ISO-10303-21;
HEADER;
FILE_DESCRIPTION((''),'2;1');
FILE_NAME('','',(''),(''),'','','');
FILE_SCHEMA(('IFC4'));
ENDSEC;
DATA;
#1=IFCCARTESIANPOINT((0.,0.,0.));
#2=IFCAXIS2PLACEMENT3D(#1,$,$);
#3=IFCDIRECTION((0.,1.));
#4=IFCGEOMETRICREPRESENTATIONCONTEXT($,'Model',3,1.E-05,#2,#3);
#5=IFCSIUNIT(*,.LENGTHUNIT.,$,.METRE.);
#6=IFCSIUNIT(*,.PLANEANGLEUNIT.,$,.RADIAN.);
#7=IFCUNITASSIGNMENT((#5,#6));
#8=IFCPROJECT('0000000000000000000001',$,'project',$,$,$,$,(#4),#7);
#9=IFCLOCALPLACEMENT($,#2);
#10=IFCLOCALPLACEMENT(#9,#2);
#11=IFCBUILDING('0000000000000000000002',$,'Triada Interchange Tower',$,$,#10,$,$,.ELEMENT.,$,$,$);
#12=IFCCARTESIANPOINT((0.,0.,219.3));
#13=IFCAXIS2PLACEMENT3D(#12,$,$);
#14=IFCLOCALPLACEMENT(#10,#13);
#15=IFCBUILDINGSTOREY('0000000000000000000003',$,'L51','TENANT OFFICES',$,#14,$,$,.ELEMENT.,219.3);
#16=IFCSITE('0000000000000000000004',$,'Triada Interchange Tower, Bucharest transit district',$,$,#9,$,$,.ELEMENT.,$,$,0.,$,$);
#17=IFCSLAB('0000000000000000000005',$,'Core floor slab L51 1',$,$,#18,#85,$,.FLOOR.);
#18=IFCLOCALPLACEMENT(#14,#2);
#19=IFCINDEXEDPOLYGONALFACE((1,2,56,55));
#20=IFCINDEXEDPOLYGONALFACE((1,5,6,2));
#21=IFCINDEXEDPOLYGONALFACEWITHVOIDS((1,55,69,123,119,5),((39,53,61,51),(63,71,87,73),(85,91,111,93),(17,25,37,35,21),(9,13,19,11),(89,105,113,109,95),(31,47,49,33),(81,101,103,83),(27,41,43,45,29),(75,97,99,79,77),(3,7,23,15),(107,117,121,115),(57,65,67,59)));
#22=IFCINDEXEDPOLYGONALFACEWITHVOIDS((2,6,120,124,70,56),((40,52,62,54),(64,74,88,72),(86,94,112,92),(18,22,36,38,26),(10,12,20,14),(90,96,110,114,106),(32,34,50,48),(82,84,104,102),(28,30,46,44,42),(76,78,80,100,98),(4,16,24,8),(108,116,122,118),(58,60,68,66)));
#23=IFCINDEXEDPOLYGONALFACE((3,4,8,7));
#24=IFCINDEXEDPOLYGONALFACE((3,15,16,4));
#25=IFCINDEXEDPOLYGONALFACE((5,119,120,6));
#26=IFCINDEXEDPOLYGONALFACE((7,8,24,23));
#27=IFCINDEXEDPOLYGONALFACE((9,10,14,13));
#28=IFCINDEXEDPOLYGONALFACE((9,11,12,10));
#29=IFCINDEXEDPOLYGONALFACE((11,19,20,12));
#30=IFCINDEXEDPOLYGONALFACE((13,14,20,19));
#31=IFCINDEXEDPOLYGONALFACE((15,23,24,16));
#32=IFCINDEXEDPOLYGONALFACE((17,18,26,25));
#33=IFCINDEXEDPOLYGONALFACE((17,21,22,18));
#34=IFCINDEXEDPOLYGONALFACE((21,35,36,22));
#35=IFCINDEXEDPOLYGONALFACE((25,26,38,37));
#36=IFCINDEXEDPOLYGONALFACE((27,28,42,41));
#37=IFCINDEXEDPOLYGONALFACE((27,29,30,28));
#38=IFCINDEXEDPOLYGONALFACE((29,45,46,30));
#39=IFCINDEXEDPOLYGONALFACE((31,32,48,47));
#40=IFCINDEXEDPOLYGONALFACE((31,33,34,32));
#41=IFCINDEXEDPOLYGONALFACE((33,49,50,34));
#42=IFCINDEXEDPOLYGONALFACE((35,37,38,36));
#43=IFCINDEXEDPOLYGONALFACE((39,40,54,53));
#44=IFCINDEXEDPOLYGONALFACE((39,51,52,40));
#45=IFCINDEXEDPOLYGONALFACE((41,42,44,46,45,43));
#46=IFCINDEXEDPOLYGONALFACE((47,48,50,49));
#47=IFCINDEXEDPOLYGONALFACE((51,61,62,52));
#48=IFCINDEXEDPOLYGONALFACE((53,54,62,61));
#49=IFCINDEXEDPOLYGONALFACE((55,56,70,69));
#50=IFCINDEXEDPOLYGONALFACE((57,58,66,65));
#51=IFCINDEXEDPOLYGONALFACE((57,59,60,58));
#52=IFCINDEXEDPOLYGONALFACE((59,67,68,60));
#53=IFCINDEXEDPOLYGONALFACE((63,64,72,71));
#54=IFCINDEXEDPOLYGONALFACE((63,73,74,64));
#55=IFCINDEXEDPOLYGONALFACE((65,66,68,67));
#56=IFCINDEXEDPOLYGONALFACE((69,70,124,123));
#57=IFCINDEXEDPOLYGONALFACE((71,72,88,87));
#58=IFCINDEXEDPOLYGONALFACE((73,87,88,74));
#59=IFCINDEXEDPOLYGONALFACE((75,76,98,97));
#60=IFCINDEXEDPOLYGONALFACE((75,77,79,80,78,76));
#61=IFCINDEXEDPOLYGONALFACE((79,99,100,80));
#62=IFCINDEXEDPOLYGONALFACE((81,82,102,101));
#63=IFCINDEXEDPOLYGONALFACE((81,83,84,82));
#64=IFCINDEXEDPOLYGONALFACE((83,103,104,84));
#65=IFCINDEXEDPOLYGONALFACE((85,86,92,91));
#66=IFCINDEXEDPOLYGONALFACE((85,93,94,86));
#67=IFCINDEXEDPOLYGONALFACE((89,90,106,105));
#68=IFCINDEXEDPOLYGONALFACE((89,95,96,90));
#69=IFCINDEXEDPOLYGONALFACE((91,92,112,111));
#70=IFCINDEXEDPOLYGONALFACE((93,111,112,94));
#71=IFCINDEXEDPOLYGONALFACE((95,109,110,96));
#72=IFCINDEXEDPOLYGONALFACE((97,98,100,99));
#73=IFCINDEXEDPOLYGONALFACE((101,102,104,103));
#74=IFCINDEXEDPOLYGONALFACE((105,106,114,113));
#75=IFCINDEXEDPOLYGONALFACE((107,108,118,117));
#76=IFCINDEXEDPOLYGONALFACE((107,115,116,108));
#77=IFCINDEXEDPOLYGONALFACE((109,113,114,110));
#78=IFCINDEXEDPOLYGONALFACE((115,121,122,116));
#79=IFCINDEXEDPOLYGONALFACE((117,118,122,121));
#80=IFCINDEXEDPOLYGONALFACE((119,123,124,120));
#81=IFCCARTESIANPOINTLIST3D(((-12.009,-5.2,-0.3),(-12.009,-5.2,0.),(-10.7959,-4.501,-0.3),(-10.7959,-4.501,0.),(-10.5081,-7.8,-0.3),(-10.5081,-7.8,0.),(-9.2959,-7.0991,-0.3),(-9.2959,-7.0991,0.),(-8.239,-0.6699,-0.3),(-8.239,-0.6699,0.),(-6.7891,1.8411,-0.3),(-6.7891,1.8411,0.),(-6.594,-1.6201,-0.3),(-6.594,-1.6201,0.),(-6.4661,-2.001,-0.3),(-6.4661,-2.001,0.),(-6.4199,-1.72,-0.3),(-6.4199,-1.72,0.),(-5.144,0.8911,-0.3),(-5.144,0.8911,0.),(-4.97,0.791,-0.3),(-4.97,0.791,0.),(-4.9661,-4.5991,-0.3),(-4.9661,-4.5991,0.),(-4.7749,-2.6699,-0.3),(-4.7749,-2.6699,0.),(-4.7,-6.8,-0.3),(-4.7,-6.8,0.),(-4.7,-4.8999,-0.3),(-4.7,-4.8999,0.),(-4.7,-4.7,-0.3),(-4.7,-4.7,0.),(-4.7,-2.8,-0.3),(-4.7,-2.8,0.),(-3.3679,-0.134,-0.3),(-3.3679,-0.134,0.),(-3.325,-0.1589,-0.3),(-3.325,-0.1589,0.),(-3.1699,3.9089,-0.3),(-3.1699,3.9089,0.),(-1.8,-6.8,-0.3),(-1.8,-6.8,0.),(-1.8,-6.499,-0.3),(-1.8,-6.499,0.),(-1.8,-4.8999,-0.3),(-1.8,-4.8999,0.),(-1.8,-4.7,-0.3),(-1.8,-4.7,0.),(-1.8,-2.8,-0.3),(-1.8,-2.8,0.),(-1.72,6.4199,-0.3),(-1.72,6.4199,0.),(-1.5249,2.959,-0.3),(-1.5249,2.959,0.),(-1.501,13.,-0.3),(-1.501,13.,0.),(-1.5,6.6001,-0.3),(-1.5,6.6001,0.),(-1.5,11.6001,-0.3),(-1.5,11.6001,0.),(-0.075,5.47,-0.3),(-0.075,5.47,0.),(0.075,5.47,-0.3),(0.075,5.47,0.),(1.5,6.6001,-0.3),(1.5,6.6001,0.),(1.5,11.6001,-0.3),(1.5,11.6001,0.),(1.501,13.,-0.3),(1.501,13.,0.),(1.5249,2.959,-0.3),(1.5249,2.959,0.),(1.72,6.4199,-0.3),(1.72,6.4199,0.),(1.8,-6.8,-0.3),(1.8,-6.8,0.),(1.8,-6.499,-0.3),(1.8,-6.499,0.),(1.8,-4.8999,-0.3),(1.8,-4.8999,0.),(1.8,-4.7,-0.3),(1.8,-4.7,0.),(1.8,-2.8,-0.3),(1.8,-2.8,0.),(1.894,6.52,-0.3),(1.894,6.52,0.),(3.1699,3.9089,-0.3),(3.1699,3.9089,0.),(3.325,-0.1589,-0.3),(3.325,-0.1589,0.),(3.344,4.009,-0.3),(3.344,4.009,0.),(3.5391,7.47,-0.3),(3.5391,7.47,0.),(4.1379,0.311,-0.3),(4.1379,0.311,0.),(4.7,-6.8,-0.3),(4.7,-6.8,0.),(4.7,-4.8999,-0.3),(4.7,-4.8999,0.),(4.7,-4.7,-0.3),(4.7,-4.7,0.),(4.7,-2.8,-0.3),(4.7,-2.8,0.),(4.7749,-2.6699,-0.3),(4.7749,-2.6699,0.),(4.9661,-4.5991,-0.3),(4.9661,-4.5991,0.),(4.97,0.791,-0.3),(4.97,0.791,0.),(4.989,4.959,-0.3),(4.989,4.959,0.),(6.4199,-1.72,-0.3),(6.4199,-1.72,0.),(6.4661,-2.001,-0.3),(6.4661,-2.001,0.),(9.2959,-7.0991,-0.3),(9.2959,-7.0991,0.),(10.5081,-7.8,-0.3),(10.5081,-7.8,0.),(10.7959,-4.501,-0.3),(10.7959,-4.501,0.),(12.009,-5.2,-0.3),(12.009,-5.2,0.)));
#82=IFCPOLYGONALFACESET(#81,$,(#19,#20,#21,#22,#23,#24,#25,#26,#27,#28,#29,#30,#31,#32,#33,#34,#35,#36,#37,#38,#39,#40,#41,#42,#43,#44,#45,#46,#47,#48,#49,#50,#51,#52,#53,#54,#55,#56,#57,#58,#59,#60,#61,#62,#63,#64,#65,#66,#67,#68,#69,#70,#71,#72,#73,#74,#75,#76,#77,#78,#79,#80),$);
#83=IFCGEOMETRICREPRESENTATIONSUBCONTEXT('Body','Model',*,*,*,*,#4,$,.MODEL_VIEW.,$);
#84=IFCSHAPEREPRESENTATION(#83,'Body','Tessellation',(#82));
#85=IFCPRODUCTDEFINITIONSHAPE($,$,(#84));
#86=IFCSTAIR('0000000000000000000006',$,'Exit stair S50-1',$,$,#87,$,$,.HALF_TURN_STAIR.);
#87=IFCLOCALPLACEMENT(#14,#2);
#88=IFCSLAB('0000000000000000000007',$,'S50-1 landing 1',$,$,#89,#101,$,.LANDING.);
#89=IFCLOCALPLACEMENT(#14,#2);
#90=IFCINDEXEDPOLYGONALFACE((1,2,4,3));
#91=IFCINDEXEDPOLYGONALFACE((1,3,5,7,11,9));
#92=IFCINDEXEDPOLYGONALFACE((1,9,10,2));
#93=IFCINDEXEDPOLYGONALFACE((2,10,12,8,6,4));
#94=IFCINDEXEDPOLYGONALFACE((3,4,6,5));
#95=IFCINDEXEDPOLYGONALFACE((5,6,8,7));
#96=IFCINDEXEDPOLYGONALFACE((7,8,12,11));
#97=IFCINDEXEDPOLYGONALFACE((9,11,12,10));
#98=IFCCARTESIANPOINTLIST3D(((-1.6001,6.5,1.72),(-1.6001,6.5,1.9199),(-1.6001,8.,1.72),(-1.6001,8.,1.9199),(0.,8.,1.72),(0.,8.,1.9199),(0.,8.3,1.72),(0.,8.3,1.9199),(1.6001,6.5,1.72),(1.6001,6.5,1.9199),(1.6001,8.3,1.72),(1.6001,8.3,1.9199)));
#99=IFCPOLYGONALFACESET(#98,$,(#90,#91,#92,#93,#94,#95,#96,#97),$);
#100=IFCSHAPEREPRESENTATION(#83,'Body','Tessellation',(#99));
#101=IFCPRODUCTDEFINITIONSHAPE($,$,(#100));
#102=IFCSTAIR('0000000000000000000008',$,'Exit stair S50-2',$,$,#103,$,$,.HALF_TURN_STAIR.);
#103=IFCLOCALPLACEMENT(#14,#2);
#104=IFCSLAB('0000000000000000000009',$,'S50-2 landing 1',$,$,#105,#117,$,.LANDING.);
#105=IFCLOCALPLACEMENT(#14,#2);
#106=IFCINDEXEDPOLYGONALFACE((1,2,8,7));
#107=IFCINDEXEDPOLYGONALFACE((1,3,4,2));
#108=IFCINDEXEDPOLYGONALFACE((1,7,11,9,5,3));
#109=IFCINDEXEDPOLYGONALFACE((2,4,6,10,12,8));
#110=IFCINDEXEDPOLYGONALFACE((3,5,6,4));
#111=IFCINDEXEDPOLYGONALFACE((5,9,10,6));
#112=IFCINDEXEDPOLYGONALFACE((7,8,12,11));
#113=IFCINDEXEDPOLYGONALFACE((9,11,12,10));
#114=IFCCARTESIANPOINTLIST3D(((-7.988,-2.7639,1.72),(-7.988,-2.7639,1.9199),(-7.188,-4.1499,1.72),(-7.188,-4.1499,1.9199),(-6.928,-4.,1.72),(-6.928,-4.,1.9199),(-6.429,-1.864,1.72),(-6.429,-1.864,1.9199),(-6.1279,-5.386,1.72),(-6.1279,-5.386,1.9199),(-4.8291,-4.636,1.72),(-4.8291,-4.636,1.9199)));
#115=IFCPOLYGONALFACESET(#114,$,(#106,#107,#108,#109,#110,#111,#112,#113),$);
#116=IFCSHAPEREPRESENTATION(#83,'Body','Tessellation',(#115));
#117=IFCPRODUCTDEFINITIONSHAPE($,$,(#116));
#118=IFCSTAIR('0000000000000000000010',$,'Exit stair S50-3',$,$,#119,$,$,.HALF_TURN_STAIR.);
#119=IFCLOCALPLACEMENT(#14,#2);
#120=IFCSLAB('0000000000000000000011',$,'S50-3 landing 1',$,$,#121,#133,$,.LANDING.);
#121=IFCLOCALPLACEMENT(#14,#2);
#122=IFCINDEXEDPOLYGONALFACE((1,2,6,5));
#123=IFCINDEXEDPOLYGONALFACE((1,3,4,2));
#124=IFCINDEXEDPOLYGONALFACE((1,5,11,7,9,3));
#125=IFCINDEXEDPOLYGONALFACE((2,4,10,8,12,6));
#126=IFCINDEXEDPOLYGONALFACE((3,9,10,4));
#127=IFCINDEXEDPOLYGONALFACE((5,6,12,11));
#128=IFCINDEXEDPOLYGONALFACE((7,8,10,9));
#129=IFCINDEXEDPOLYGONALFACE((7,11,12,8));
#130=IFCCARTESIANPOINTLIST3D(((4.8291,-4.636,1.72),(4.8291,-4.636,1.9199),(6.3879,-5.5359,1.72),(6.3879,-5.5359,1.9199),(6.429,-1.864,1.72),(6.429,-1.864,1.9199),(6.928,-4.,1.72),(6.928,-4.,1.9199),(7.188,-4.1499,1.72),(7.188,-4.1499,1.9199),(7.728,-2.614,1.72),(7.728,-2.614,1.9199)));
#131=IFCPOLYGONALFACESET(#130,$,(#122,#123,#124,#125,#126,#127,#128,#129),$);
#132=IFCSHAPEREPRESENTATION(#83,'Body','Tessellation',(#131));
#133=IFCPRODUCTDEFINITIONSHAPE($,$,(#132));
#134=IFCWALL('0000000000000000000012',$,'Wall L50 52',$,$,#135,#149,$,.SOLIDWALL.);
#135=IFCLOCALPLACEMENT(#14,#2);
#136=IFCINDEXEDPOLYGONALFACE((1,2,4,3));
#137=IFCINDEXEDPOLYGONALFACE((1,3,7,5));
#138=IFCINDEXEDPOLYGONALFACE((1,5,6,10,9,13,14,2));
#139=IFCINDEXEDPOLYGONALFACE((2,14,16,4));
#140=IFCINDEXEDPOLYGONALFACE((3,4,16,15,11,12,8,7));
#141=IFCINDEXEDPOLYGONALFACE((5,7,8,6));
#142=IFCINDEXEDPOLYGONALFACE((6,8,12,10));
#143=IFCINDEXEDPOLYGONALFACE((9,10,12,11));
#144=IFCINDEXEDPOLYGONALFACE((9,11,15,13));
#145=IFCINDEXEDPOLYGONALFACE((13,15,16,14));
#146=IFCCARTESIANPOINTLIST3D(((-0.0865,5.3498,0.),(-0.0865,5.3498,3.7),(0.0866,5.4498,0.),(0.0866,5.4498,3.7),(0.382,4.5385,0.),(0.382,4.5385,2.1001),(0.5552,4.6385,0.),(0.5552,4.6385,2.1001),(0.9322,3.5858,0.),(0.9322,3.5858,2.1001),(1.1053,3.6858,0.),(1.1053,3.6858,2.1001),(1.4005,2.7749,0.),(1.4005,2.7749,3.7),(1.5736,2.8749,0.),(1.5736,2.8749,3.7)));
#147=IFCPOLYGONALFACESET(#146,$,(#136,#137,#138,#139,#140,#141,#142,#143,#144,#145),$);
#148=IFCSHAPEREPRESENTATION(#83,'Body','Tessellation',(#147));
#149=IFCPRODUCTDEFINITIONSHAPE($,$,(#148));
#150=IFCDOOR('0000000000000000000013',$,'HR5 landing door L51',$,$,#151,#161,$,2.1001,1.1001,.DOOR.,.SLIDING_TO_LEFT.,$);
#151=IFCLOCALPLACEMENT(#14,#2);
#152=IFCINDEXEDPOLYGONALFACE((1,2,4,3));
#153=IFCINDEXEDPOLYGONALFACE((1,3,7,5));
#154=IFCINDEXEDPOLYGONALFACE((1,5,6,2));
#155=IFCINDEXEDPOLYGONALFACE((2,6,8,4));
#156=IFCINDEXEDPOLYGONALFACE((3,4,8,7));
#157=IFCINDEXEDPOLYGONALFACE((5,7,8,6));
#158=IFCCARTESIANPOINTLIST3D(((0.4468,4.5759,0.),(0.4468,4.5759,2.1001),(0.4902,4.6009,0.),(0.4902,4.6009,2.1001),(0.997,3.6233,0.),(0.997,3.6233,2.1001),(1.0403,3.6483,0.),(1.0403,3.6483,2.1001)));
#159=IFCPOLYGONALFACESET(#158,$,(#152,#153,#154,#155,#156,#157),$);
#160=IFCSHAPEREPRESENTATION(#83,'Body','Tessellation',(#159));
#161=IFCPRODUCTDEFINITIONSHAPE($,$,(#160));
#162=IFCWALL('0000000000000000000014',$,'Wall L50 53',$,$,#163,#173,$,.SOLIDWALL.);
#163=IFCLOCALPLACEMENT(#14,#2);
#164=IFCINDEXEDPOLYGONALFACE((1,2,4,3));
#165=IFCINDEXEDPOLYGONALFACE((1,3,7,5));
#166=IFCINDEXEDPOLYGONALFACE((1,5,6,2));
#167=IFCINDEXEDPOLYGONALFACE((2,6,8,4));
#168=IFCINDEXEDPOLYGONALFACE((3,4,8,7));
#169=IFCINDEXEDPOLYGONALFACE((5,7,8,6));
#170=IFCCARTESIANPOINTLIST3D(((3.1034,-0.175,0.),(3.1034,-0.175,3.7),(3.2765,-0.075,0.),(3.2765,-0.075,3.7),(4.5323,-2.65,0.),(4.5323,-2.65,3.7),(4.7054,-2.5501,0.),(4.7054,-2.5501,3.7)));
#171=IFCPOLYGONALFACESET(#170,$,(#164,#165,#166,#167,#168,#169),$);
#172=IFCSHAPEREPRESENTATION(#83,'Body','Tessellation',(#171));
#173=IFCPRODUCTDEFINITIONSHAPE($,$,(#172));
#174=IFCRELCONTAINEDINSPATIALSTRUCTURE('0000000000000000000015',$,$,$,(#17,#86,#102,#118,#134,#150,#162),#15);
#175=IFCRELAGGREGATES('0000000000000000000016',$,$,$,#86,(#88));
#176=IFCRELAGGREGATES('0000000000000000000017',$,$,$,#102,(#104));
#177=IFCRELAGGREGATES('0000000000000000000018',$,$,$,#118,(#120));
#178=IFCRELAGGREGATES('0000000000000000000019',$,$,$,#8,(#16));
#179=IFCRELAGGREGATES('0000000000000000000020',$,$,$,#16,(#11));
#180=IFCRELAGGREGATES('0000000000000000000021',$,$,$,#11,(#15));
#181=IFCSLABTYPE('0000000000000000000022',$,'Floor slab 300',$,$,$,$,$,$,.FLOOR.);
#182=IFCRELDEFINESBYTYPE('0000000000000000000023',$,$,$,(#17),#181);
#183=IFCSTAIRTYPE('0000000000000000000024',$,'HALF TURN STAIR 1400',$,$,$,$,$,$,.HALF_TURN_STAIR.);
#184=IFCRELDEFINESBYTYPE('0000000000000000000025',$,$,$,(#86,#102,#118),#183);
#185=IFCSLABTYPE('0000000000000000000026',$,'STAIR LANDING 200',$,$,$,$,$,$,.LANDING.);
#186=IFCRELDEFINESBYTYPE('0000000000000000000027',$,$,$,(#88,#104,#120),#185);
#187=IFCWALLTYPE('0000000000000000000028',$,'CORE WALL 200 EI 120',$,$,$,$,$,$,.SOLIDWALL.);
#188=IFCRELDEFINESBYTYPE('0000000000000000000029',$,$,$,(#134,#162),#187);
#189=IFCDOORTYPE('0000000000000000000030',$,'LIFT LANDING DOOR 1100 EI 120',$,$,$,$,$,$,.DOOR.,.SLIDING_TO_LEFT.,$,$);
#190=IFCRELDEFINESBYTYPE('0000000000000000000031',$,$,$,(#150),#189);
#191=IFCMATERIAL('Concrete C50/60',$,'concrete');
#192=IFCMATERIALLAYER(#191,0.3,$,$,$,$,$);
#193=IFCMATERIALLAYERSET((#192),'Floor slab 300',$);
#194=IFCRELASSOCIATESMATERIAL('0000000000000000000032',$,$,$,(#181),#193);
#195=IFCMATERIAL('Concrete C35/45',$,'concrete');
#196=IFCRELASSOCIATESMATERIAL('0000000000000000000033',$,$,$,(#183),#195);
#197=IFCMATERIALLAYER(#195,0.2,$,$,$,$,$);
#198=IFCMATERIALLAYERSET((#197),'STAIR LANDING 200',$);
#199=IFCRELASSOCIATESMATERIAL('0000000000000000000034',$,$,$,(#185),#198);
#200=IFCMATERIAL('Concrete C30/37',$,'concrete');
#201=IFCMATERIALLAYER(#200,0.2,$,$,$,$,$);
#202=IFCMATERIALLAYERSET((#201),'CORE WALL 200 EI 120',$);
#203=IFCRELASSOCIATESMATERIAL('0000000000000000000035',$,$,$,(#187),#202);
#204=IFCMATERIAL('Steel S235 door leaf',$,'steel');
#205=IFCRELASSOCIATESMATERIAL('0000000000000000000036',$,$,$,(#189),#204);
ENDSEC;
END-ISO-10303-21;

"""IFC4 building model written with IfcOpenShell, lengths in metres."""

from ifc_helpers import new_model, si_unit, direction, frame, frame_2d, origin, place, context, subcontext, project, spatial, polyline, rectangle, outline, extrude, material, layer, layer_set, type_object, element, fill, aggregate, save


model = new_model("IFC4")

# Units and contexts
model_context = context("Model", 3, precision=1e-05, world=origin(), true_north=direction((0.0, 1.0)))
body_context = subcontext(model_context, "Body", "Model", "MODEL_VIEW")
ifc_project = project(units=[si_unit("LENGTHUNIT", "METRE"), si_unit("PLANEANGLEUNIT", "RADIAN")], contexts=[model_context])

# Site, building, storey
site_placement = place(None, origin())
site = spatial("IfcSite", under=ifc_project, at=site_placement, Name="Triada Interchange Tower, Bucharest transit district", CompositionType="ELEMENT", RefElevation=0.0)
building_placement = place(site_placement, origin())
building = spatial("IfcBuilding", under=site, at=building_placement, Name="Triada Interchange Tower", CompositionType="ELEMENT")
storey_placement = place(building_placement, frame((0.0, 0.0, 219.3)))
storey = spatial("IfcBuildingStorey", under=building, at=storey_placement, Name="L51", Description="TENANT OFFICES", CompositionType="ELEMENT", Elevation=219.3)

# Slab
ifc_material_1 = material(Name="Concrete C50/60", Category="concrete")
ifc_layer_1 = layer(ifc_material_1, 0.3)
ifc_layer_set_1 = layer_set([ifc_layer_1], Name="Floor slab 300")
slab_type_1 = type_object("IfcSlabType", Name="Floor slab 300", PredefinedType="FLOOR", material=ifc_layer_set_1)
slab_1_placement = place(storey_placement, frame((0.0, 0.0, -0.3)))
element("IfcSlab", 1, at=slab_1_placement, inside=storey, type_object=slab_type_1, Name="Core floor slab L51 1", PredefinedType="FLOOR", context=body_context, shape_type="SweptSolid", body=[
    extrude(outline(polyline([(12.009, -5.2), (10.5081, -7.8), (-10.5081, -7.8), (-12.009, -5.2), (-1.501, 13.0), (1.501, 13.0), (12.009, -5.2)]), holes=[polyline([(9.2959, -7.0991), (10.7959, -4.501), (6.4661, -2.001), (4.9661, -4.5991), (9.2959, -7.0991)]), polyline([(4.7749, -2.6699), (6.4199, -1.72), (4.97, 0.791), (4.1379, 0.311), (3.325, -0.1589), (4.7749, -2.6699)]), polyline([(1.894, 6.52), (3.344, 4.009), (4.989, 4.959), (3.5391, 7.47), (1.894, 6.52)]), polyline([(1.8, -4.8999), (1.8, -6.499), (1.8, -6.8), (4.7, -6.8), (4.7, -4.8999), (1.8, -4.8999)]), polyline([(4.7, -2.8), (1.8, -2.8), (1.8, -4.7), (4.7, -4.7), (4.7, -2.8)]), polyline([(0.075, 5.47), (1.5249, 2.959), (3.1699, 3.9089), (1.72, 6.4199), (0.075, 5.47)]), polyline([(-1.5, 11.6001), (-1.5, 6.6001), (1.5, 6.6001), (1.5, 11.6001), (-1.5, 11.6001)]), polyline([(-1.5249, 2.959), (-0.075, 5.47), (-1.72, 6.4199), (-3.1699, 3.9089), (-1.5249, 2.959)]), polyline([(-1.8, -2.8), (-4.7, -2.8), (-4.7, -4.7), (-1.8, -4.7), (-1.8, -2.8)]), polyline([(-4.7, -6.8), (-1.8, -6.8), (-1.8, -6.499), (-1.8, -4.8999), (-4.7, -4.8999), (-4.7, -6.8)]), polyline([(-3.3679, -0.134), (-4.97, 0.791), (-6.4199, -1.72), (-4.7749, -2.6699), (-3.325, -0.1589), (-3.3679, -0.134)]), polyline([(-10.7959, -4.501), (-9.2959, -7.0991), (-4.9661, -4.5991), (-6.4661, -2.001), (-10.7959, -4.501)]), polyline([(-6.594, -1.6201), (-5.144, 0.8911), (-6.7891, 1.8411), (-8.239, -0.6699), (-6.594, -1.6201)])]), origin(), (0.0, 0.0, 1.0), 0.3),
])

# Stairs, slabs
ifc_material_2 = material(Name="Concrete C35/45", Category="concrete")
stair_type = type_object("IfcStairType", Name="HALF TURN STAIR 1400", PredefinedType="HALF_TURN_STAIR", material=ifc_material_2)
stair_1_placement = place(storey_placement, origin())
stair_1 = element("IfcStair", 2, at=stair_1_placement, inside=storey, type_object=stair_type, Name="Exit stair S50-1", PredefinedType="HALF_TURN_STAIR")
ifc_layer_2 = layer(ifc_material_2, 0.2)
ifc_layer_set_2 = layer_set([ifc_layer_2], Name="STAIR LANDING 200")
slab_type_2 = type_object("IfcSlabType", Name="STAIR LANDING 200", PredefinedType="LANDING", material=ifc_layer_set_2)
slab_2_placement = place(storey_placement, frame((0.0, 0.0, 1.72)))
slab_2 = element("IfcSlab", 3, at=slab_2_placement, type_object=slab_type_2, Name="S50-1 landing 1", PredefinedType="LANDING", context=body_context, shape_type="SweptSolid", body=[
    extrude(outline(polyline([(1.6001, 6.5), (1.6001, 8.3), (0.0, 8.3), (0.0, 8.0), (-1.6001, 8.0), (-1.6001, 6.5), (1.6001, 6.5)])), origin(), (0.0, 0.0, 1.0), 0.2),
])
aggregate(stair_1, [slab_2])
stair_2_placement = place(storey_placement, origin())
stair_2 = element("IfcStair", 4, at=stair_2_placement, inside=storey, type_object=stair_type, Name="Exit stair S50-2", PredefinedType="HALF_TURN_STAIR")
slab_3_placement = place(storey_placement, frame((0.0, 0.0, 1.72)))
slab_3 = element("IfcSlab", 5, at=slab_3_placement, type_object=slab_type_2, Name="S50-2 landing 1", PredefinedType="LANDING", context=body_context, shape_type="SweptSolid", body=[
    extrude(outline(polyline([(-6.429, -1.864), (-7.988, -2.7639), (-7.188, -4.1499), (-6.928, -4.0), (-6.1279, -5.386), (-4.8291, -4.636), (-6.429, -1.864)])), origin(), (0.0, 0.0, 1.0), 0.2),
])
aggregate(stair_2, [slab_3])
stair_3_placement = place(storey_placement, origin())
stair_3 = element("IfcStair", 6, at=stair_3_placement, inside=storey, type_object=stair_type, Name="Exit stair S50-3", PredefinedType="HALF_TURN_STAIR")
slab_4_placement = place(storey_placement, frame((0.0, 0.0, 1.72)))
slab_4 = element("IfcSlab", 7, at=slab_4_placement, type_object=slab_type_2, Name="S50-3 landing 1", PredefinedType="LANDING", context=body_context, shape_type="SweptSolid", body=[
    extrude(outline(polyline([(4.8291, -4.636), (6.3879, -5.5359), (7.188, -4.1499), (6.928, -4.0), (7.728, -2.614), (6.429, -1.864), (4.8291, -4.636)])), origin(), (0.0, 0.0, 1.0), 0.2),
])
aggregate(stair_3, [slab_4])

# Wall, opening, door
ifc_material_3 = material(Name="Concrete C30/37", Category="concrete")
ifc_layer_3 = layer(ifc_material_3, 0.2)
ifc_layer_set_3 = layer_set([ifc_layer_3], Name="CORE WALL 200 EI 120")
wall_type_1 = type_object("IfcWallType", Name="CORE WALL 200 EI 120", PredefinedType="SOLIDWALL", material=ifc_layer_set_3)
wall_1_placement = place(storey_placement, frame((0.0, 5.3999, 0.0), z_axis=(0.0, 0.0, 1.0), x_axis=(0.500104, -0.865965, 0.0)))
wall_1 = element("IfcWall", 8, at=wall_1_placement, inside=storey, type_object=wall_type_1, Name="Wall L50 52", PredefinedType="SOLIDWALL", context=body_context, shape_type="SweptSolid", body=[
    extrude(rectangle(XDim=2.9734, YDim=0.2, at=frame_2d((1.4868, 0.0))), origin(), (0.0, 0.0, 1.0), 3.7),
])
opening_1_placement = place(wall_1_placement, frame((0.937, 0.0, 0.0)))
opening_1 = element("IfcOpeningElement", 9, at=opening_1_placement, cuts=wall_1, PredefinedType="OPENING", context=body_context, shape_type="SweptSolid", body=[
    extrude(rectangle(XDim=1.1001, YDim=2.1001, at=frame_2d((0.55, 1.05))), frame((0.0, 0.1099, 0.0), z_axis=(0.0, -1.0, 0.0), x_axis=(1.0, 0.0, 0.0)), (0.0, 0.0, 1.0), 0.22),
])
ifc_material_4 = material(Name="Steel S235 door leaf", Category="steel")
door_type_1 = type_object("IfcDoorType", Name="LIFT LANDING DOOR 1100 EI 120", OperationType="SLIDING_TO_LEFT", PredefinedType="DOOR", material=ifc_material_4)
door_1_placement = place(opening_1_placement, origin())
door_1 = element("IfcDoor", 10, at=door_1_placement, inside=storey, type_object=door_type_1, Name="HR5 landing door L51", OperationType="SLIDING_TO_LEFT", OverallHeight=2.1001, OverallWidth=1.1001, PredefinedType="DOOR", context=body_context, shape_type="SweptSolid", body=[
    extrude(rectangle(XDim=1.1001, YDim=2.1001, at=frame_2d((0.55, 1.05))), frame((0.0, 0.0249, 0.0), z_axis=(0.0, -1.0, 0.0), x_axis=(1.0, 0.0, 0.0)), (0.0, 0.0, 1.0), 0.05),
])
fill(opening_1, door_1)

# Wall
wall_2_placement = place(storey_placement, frame((3.1899, -0.125, 0.0), z_axis=(0.0, 0.0, 1.0), x_axis=(0.499989, -0.866032, 0.0)))
element("IfcWall", 11, at=wall_2_placement, inside=storey, type_object=wall_type_1, Name="Wall L50 53", PredefinedType="SOLIDWALL", context=body_context, shape_type="SweptSolid", body=[
    extrude(rectangle(XDim=2.8579, YDim=0.2, at=frame_2d((1.429, 0.0))), origin(), (0.0, 0.0, 1.0), 3.7),
])

save(model, "model.ifc")
